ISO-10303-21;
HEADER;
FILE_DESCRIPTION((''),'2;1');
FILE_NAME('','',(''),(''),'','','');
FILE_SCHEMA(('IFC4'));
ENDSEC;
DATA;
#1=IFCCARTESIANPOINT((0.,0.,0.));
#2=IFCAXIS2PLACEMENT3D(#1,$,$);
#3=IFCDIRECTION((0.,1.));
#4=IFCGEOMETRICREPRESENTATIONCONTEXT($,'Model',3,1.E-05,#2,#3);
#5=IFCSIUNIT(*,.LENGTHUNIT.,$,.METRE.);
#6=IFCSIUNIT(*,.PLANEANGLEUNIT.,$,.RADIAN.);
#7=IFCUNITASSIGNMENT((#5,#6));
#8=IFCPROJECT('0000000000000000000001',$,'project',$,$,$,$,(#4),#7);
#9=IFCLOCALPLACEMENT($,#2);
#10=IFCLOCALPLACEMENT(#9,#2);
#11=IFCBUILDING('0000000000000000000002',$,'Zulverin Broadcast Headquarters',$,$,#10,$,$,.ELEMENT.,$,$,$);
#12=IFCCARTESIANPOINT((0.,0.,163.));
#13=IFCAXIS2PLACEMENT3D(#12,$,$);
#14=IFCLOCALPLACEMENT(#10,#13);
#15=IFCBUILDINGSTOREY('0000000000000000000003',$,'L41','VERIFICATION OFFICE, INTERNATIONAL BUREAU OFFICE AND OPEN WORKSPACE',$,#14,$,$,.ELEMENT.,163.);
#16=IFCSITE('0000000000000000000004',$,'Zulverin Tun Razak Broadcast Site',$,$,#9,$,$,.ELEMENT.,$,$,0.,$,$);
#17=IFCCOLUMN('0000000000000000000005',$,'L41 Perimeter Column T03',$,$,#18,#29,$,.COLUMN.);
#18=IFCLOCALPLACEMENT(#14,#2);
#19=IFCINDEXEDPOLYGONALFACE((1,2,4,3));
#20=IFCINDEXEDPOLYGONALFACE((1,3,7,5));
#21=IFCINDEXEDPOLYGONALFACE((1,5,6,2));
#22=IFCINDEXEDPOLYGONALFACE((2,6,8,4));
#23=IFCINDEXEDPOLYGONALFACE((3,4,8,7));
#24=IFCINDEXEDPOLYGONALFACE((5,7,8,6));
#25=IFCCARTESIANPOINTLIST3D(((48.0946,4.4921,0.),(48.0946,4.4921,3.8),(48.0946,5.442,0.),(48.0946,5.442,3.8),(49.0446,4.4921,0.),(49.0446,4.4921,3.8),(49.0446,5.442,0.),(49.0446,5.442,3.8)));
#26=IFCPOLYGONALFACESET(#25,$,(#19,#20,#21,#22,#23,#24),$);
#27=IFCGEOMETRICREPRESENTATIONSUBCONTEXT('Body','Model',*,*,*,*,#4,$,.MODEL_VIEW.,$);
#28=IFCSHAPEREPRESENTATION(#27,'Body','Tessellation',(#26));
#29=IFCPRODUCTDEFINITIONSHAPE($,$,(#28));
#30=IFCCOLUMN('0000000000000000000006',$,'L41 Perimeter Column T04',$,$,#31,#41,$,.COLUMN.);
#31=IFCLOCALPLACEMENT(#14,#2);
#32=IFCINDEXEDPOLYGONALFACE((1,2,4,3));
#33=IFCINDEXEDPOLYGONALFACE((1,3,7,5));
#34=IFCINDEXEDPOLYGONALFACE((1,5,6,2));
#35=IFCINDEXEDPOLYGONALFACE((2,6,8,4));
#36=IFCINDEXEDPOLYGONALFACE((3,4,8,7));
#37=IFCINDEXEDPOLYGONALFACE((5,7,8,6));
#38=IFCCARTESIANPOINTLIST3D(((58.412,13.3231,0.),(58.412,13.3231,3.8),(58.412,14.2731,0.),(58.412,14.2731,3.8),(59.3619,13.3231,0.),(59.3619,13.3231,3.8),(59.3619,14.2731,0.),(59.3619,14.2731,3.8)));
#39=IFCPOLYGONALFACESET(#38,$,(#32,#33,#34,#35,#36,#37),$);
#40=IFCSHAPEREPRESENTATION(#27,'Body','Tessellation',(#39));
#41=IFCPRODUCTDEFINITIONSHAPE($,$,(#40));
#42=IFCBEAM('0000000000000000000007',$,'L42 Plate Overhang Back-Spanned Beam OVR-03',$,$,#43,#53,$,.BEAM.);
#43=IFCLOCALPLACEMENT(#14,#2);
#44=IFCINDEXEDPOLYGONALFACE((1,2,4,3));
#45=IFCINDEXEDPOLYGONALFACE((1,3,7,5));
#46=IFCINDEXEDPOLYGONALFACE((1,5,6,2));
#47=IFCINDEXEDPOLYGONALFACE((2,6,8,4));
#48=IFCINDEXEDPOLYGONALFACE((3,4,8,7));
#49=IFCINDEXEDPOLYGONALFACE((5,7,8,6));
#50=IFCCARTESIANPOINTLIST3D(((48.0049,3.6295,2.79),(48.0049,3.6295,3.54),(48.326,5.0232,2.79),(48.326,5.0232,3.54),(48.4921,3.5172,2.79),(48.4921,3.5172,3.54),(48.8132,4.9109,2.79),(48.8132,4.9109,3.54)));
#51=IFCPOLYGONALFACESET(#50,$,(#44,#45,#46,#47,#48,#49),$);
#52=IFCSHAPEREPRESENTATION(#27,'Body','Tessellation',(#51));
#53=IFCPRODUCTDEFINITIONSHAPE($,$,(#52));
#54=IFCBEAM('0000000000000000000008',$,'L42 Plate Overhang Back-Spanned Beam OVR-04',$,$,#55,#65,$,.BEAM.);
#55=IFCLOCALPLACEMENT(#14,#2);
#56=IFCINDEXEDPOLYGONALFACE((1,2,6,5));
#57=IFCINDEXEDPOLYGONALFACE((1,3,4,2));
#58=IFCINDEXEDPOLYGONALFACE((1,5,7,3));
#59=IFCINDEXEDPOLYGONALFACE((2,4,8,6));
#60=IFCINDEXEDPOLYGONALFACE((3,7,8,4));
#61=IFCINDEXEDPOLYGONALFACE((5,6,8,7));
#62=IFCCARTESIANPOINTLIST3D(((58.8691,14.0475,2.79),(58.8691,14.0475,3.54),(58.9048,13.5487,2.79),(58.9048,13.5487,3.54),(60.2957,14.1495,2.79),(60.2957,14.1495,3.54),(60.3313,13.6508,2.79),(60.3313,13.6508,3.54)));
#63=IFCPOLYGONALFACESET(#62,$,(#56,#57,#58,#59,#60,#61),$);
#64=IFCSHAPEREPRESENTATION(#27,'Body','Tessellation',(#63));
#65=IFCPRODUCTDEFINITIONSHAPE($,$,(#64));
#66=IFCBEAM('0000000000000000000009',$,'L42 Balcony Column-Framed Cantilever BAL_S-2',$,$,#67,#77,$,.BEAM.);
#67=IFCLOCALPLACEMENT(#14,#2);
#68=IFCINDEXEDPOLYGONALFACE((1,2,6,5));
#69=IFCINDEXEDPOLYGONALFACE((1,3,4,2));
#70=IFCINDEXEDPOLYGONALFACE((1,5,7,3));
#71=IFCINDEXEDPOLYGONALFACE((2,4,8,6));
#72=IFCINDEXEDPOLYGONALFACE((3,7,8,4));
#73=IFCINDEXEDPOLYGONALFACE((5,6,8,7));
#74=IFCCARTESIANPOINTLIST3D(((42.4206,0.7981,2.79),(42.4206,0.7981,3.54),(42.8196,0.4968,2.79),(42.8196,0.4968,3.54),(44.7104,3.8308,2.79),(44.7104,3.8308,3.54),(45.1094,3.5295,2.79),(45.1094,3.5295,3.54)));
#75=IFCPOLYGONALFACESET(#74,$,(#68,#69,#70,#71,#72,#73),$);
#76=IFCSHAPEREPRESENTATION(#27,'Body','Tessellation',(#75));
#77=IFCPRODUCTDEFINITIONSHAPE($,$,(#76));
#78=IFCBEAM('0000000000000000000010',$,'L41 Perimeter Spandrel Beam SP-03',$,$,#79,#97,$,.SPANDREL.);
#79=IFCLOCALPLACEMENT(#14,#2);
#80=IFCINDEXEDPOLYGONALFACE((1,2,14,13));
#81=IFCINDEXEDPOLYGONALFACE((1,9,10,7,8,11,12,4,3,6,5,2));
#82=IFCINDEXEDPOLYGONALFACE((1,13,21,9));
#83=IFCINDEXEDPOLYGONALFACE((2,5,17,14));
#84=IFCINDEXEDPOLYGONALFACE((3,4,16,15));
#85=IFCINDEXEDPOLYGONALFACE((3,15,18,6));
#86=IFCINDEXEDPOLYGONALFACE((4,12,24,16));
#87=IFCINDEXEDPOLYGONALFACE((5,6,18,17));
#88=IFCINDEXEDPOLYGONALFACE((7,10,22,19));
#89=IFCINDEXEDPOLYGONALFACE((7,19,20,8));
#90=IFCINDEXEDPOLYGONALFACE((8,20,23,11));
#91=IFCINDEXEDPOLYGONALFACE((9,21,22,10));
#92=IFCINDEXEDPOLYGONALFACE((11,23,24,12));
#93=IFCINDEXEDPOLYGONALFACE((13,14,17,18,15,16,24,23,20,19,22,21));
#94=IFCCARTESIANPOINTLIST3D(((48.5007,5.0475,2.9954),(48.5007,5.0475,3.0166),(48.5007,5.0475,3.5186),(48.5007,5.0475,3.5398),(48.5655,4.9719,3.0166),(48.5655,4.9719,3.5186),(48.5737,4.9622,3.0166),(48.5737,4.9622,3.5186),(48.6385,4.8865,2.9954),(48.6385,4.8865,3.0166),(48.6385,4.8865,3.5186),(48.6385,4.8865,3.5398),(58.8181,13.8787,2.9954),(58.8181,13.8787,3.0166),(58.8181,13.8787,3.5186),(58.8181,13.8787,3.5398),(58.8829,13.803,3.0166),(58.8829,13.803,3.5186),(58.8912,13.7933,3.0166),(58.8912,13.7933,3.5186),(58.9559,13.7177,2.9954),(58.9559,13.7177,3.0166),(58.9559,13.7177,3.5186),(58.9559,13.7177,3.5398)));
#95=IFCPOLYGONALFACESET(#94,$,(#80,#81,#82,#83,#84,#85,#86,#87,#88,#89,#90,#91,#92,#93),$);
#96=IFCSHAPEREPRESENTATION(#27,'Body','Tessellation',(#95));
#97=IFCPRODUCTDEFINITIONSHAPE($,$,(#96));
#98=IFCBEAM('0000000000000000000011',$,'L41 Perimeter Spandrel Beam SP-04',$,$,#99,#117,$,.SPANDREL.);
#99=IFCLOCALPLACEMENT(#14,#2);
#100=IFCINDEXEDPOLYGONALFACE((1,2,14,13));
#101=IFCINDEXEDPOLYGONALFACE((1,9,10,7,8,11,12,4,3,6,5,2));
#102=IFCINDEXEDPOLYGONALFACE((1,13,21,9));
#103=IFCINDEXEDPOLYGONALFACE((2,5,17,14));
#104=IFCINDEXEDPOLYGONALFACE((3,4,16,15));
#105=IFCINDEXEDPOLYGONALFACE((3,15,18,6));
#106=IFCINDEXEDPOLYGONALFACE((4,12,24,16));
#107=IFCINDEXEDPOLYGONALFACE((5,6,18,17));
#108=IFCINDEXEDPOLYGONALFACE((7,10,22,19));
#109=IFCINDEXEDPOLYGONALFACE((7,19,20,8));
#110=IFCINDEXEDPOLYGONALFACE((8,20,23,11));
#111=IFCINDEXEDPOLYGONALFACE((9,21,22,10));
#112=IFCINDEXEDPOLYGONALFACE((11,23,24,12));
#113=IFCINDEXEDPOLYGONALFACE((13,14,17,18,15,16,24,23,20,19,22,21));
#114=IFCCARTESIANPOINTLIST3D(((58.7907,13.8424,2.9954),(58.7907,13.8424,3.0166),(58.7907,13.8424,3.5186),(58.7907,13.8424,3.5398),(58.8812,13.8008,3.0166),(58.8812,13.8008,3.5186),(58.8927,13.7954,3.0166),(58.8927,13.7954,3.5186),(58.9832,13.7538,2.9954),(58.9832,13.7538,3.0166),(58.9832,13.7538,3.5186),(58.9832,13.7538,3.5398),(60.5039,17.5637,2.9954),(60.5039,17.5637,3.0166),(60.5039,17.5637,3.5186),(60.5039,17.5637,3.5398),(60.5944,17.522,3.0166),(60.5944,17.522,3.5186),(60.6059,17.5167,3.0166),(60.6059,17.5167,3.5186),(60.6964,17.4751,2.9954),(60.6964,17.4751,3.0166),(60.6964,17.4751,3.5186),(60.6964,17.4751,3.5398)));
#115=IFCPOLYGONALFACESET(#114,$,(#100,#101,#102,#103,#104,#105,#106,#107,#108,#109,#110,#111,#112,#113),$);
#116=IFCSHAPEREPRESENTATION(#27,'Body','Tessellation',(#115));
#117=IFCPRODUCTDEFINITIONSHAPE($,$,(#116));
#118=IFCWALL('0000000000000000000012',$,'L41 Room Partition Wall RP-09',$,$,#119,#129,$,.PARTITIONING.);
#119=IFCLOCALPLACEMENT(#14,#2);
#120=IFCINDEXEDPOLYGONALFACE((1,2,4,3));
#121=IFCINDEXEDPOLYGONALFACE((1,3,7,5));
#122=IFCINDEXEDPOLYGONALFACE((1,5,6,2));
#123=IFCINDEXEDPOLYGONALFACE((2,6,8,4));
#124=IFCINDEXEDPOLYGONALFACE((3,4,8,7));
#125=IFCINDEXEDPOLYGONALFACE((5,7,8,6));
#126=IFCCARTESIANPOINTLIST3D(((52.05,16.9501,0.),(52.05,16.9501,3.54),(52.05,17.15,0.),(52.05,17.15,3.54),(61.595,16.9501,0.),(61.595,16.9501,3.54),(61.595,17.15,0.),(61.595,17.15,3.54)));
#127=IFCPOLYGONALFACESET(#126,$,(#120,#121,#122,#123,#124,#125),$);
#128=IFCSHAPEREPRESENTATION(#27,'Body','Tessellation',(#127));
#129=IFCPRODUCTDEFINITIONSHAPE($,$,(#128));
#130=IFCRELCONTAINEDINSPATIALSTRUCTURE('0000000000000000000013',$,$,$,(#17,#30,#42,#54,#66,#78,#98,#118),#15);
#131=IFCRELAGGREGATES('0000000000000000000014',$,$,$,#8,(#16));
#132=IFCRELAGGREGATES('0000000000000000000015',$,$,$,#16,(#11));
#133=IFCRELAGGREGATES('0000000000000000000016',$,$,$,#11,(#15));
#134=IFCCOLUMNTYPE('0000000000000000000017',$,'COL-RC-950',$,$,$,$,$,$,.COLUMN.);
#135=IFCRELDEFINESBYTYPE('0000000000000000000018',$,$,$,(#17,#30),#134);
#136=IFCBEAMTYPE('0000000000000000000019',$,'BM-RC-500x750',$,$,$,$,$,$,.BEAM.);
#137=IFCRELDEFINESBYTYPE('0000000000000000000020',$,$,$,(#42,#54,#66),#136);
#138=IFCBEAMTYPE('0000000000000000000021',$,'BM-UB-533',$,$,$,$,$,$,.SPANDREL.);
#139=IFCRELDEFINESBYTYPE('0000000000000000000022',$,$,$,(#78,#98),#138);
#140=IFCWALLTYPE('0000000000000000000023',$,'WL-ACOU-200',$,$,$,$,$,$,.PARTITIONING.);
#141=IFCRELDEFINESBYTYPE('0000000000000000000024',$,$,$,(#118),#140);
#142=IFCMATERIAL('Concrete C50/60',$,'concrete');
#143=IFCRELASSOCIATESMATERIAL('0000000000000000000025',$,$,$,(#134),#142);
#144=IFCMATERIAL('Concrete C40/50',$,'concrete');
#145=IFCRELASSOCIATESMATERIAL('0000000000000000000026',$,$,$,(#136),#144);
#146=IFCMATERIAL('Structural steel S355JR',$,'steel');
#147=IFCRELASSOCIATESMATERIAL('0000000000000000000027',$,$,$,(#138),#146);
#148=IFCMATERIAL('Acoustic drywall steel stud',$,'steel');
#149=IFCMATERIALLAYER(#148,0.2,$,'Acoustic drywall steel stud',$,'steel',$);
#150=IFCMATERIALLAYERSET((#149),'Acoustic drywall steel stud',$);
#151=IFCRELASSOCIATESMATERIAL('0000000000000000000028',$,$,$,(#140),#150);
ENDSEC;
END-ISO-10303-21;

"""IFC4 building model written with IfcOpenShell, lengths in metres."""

from ifc_helpers import new_model, si_unit, direction, frame, frame_2d, origin, origin_2d, place, context, subcontext, project, spatial, rectangle, i_section, extrude, material, layer, layer_set, material_profile, profile_set, type_object, element, save


model = new_model("IFC4")

# Units and contexts
model_context = context("Model", 3, precision=1e-05, world=origin(), true_north=direction((0.0, 1.0)))
body_context = subcontext(model_context, "Body", "Model", "MODEL_VIEW")
ifc_project = project(units=[si_unit("LENGTHUNIT", "METRE"), si_unit("PLANEANGLEUNIT", "RADIAN")], contexts=[model_context])

# Site, building, storey
site_placement = place(None, origin())
site = spatial("IfcSite", under=ifc_project, at=site_placement, Name="Zulverin Tun Razak Broadcast Site", CompositionType="ELEMENT", RefElevation=0.0)
building_placement = place(site_placement, origin())
building = spatial("IfcBuilding", under=site, at=building_placement, Name="Zulverin Broadcast Headquarters", CompositionType="ELEMENT")
storey_placement = place(building_placement, frame((0.0, 0.0, 163.0)))
storey = spatial("IfcBuildingStorey", under=building, at=storey_placement, Name="L41", Description="VERIFICATION OFFICE, INTERNATIONAL BUREAU OFFICE AND OPEN WORKSPACE", CompositionType="ELEMENT", Elevation=163.0)

# Columns
ifc_material_1 = material(Name="Concrete C50/60", Category="concrete")
ifc_material_profile_1 = material_profile(ifc_material_1, rectangle(XDim=0.95, YDim=0.95, at=origin_2d()), Name="Concrete C50/60", Category="concrete")
ifc_profile_set_1 = profile_set([ifc_material_profile_1], Name="Concrete C50/60")
column_type = type_object("IfcColumnType", Name="COL-RC-950", PredefinedType="COLUMN", material=ifc_profile_set_1)
for number, where, z_axis, x_axis, name in (
    (1, (48.5696, 4.967, 0.0), (0.0, 0.0, 1.0), (1.0, 0.0, 0.0), "L41 Perimeter Column T03"),
    (2, (58.887, 13.7981, 0.0), (0.0, 0.0, 1.0), (1.0, 0.0, 0.0), "L41 Perimeter Column T04"),
):
    element("IfcColumn", number, at=place(storey_placement, frame(where, z_axis=z_axis, x_axis=x_axis)), inside=storey, type_object=column_type, Name=name, PredefinedType="COLUMN", context=body_context, shape_type="SweptSolid", body=[
        extrude(rectangle(XDim=0.95, YDim=0.95, at=origin_2d()), origin(), (0.0, 0.0, 1.0), 3.8),
    ])

# Beams
ifc_material_2 = material(Name="Concrete C40/50", Category="concrete")
ifc_material_profile_2 = material_profile(ifc_material_2, rectangle(XDim=0.5, YDim=0.75, at=origin_2d()), Name="Concrete C40/50", Category="concrete")
ifc_profile_set_2 = profile_set([ifc_material_profile_2], Name="Concrete C40/50")
beam_type_1 = type_object("IfcBeamType", Name="BM-RC-500x750", PredefinedType="BEAM", material=ifc_profile_set_2)
for number, where, z_axis, x_axis, name in (
    (3, (48.5696, 4.967, 3.165), (-0.224498, -0.974475, 0.0), (0.974475, -0.224498, 0.0), "L42 Plate Overhang Back-Spanned Beam OVR-03"),
    (4, (58.887, 13.7981, 3.165), (0.997451, 0.071356, 0.0), (-0.071356, 0.997451, 0.0), "L42 Plate Overhang Back-Spanned Beam OVR-04"),
):
    element("IfcBeam", number, at=place(storey_placement, frame(where, z_axis=z_axis, x_axis=x_axis)), inside=storey, type_object=beam_type_1, Name=name, PredefinedType="BEAM", context=body_context, shape_type="SweptSolid", body=[
        extrude(rectangle(XDim=0.5, YDim=0.75, at=origin_2d()), origin(), (0.0, 0.0, 1.0), 1.4302),
    ])
beam_1_placement = place(storey_placement, frame((44.9099, 3.6802, 3.165), z_axis=(-0.602567, -0.798068, 0.0), x_axis=(0.798068, -0.602567, 0.0)))
element("IfcBeam", 5, at=beam_1_placement, inside=storey, type_object=beam_type_1, Name="L42 Balcony Column-Framed Cantilever BAL_S-2", PredefinedType="BEAM", context=body_context, shape_type="SweptSolid", body=[
    extrude(rectangle(XDim=0.5, YDim=0.75, at=origin_2d()), origin(), (0.0, 0.0, 1.0), 3.8),
])
ifc_material_3 = material(Name="Structural steel S355JR", Category="steel")
ifc_material_profile_3 = material_profile(ifc_material_3, i_section(OverallWidth=0.2119, OverallDepth=0.5444, WebThickness=0.0127, FlangeThickness=0.0212, at=origin_2d()), Name="Structural steel S355JR", Category="steel")
ifc_profile_set_3 = profile_set([ifc_material_profile_3], Name="Structural steel S355JR")
beam_type_2 = type_object("IfcBeamType", Name="BM-UB-533", PredefinedType="SPANDREL", material=ifc_profile_set_3)
beam_2_placement = place(storey_placement, frame((48.5696, 4.967, 3.2676), z_axis=(0.759708, 0.650264, 0.0), x_axis=(-0.650264, 0.759708, 0.0)))
element("IfcBeam", 6, at=beam_2_placement, inside=storey, type_object=beam_type_2, Name="L41 Perimeter Spandrel Beam SP-03", PredefinedType="SPANDREL", context=body_context, shape_type="SweptSolid", body=[
    extrude(i_section(OverallWidth=0.2119, OverallDepth=0.5444, WebThickness=0.0127, FlangeThickness=0.0212, at=origin_2d()), origin(), (0.0, 0.0, 1.0), 13.5808),
])
beam_3_placement = place(storey_placement, frame((58.887, 13.7981, 3.2676), z_axis=(0.418185, 0.908362, 0.0), x_axis=(-0.908362, 0.418185, 0.0)))
element("IfcBeam", 7, at=beam_3_placement, inside=storey, type_object=beam_type_2, Name="L41 Perimeter Spandrel Beam SP-04", PredefinedType="SPANDREL", context=body_context, shape_type="SweptSolid", body=[
    extrude(i_section(OverallWidth=0.2119, OverallDepth=0.5444, WebThickness=0.0127, FlangeThickness=0.0212, at=origin_2d()), origin(), (0.0, 0.0, 1.0), 4.0967),
])

# Wall
ifc_material_4 = material(Name="Acoustic drywall steel stud", Category="steel")
ifc_layer_1 = layer(ifc_material_4, 0.2, Name="Acoustic drywall steel stud", Category="steel")
ifc_layer_set_1 = layer_set([ifc_layer_1], Name="Acoustic drywall steel stud")
wall_type_1 = type_object("IfcWallType", Name="WL-ACOU-200", PredefinedType="PARTITIONING", material=ifc_layer_set_1)
wall_1_placement = place(storey_placement, frame((52.05, 17.05, 0.0), z_axis=(0.0, 0.0, 1.0), x_axis=(1.0, 0.0, 0.0)))
element("IfcWall", 8, at=wall_1_placement, inside=storey, type_object=wall_type_1, Name="L41 Room Partition Wall RP-09", PredefinedType="PARTITIONING", context=body_context, shape_type="SweptSolid", body=[
    extrude(rectangle(XDim=9.5449, YDim=0.2, at=frame_2d((4.7725, 0.0))), origin(), (0.0, 0.0, 1.0), 3.54),
])

save(model, "model.ifc")
